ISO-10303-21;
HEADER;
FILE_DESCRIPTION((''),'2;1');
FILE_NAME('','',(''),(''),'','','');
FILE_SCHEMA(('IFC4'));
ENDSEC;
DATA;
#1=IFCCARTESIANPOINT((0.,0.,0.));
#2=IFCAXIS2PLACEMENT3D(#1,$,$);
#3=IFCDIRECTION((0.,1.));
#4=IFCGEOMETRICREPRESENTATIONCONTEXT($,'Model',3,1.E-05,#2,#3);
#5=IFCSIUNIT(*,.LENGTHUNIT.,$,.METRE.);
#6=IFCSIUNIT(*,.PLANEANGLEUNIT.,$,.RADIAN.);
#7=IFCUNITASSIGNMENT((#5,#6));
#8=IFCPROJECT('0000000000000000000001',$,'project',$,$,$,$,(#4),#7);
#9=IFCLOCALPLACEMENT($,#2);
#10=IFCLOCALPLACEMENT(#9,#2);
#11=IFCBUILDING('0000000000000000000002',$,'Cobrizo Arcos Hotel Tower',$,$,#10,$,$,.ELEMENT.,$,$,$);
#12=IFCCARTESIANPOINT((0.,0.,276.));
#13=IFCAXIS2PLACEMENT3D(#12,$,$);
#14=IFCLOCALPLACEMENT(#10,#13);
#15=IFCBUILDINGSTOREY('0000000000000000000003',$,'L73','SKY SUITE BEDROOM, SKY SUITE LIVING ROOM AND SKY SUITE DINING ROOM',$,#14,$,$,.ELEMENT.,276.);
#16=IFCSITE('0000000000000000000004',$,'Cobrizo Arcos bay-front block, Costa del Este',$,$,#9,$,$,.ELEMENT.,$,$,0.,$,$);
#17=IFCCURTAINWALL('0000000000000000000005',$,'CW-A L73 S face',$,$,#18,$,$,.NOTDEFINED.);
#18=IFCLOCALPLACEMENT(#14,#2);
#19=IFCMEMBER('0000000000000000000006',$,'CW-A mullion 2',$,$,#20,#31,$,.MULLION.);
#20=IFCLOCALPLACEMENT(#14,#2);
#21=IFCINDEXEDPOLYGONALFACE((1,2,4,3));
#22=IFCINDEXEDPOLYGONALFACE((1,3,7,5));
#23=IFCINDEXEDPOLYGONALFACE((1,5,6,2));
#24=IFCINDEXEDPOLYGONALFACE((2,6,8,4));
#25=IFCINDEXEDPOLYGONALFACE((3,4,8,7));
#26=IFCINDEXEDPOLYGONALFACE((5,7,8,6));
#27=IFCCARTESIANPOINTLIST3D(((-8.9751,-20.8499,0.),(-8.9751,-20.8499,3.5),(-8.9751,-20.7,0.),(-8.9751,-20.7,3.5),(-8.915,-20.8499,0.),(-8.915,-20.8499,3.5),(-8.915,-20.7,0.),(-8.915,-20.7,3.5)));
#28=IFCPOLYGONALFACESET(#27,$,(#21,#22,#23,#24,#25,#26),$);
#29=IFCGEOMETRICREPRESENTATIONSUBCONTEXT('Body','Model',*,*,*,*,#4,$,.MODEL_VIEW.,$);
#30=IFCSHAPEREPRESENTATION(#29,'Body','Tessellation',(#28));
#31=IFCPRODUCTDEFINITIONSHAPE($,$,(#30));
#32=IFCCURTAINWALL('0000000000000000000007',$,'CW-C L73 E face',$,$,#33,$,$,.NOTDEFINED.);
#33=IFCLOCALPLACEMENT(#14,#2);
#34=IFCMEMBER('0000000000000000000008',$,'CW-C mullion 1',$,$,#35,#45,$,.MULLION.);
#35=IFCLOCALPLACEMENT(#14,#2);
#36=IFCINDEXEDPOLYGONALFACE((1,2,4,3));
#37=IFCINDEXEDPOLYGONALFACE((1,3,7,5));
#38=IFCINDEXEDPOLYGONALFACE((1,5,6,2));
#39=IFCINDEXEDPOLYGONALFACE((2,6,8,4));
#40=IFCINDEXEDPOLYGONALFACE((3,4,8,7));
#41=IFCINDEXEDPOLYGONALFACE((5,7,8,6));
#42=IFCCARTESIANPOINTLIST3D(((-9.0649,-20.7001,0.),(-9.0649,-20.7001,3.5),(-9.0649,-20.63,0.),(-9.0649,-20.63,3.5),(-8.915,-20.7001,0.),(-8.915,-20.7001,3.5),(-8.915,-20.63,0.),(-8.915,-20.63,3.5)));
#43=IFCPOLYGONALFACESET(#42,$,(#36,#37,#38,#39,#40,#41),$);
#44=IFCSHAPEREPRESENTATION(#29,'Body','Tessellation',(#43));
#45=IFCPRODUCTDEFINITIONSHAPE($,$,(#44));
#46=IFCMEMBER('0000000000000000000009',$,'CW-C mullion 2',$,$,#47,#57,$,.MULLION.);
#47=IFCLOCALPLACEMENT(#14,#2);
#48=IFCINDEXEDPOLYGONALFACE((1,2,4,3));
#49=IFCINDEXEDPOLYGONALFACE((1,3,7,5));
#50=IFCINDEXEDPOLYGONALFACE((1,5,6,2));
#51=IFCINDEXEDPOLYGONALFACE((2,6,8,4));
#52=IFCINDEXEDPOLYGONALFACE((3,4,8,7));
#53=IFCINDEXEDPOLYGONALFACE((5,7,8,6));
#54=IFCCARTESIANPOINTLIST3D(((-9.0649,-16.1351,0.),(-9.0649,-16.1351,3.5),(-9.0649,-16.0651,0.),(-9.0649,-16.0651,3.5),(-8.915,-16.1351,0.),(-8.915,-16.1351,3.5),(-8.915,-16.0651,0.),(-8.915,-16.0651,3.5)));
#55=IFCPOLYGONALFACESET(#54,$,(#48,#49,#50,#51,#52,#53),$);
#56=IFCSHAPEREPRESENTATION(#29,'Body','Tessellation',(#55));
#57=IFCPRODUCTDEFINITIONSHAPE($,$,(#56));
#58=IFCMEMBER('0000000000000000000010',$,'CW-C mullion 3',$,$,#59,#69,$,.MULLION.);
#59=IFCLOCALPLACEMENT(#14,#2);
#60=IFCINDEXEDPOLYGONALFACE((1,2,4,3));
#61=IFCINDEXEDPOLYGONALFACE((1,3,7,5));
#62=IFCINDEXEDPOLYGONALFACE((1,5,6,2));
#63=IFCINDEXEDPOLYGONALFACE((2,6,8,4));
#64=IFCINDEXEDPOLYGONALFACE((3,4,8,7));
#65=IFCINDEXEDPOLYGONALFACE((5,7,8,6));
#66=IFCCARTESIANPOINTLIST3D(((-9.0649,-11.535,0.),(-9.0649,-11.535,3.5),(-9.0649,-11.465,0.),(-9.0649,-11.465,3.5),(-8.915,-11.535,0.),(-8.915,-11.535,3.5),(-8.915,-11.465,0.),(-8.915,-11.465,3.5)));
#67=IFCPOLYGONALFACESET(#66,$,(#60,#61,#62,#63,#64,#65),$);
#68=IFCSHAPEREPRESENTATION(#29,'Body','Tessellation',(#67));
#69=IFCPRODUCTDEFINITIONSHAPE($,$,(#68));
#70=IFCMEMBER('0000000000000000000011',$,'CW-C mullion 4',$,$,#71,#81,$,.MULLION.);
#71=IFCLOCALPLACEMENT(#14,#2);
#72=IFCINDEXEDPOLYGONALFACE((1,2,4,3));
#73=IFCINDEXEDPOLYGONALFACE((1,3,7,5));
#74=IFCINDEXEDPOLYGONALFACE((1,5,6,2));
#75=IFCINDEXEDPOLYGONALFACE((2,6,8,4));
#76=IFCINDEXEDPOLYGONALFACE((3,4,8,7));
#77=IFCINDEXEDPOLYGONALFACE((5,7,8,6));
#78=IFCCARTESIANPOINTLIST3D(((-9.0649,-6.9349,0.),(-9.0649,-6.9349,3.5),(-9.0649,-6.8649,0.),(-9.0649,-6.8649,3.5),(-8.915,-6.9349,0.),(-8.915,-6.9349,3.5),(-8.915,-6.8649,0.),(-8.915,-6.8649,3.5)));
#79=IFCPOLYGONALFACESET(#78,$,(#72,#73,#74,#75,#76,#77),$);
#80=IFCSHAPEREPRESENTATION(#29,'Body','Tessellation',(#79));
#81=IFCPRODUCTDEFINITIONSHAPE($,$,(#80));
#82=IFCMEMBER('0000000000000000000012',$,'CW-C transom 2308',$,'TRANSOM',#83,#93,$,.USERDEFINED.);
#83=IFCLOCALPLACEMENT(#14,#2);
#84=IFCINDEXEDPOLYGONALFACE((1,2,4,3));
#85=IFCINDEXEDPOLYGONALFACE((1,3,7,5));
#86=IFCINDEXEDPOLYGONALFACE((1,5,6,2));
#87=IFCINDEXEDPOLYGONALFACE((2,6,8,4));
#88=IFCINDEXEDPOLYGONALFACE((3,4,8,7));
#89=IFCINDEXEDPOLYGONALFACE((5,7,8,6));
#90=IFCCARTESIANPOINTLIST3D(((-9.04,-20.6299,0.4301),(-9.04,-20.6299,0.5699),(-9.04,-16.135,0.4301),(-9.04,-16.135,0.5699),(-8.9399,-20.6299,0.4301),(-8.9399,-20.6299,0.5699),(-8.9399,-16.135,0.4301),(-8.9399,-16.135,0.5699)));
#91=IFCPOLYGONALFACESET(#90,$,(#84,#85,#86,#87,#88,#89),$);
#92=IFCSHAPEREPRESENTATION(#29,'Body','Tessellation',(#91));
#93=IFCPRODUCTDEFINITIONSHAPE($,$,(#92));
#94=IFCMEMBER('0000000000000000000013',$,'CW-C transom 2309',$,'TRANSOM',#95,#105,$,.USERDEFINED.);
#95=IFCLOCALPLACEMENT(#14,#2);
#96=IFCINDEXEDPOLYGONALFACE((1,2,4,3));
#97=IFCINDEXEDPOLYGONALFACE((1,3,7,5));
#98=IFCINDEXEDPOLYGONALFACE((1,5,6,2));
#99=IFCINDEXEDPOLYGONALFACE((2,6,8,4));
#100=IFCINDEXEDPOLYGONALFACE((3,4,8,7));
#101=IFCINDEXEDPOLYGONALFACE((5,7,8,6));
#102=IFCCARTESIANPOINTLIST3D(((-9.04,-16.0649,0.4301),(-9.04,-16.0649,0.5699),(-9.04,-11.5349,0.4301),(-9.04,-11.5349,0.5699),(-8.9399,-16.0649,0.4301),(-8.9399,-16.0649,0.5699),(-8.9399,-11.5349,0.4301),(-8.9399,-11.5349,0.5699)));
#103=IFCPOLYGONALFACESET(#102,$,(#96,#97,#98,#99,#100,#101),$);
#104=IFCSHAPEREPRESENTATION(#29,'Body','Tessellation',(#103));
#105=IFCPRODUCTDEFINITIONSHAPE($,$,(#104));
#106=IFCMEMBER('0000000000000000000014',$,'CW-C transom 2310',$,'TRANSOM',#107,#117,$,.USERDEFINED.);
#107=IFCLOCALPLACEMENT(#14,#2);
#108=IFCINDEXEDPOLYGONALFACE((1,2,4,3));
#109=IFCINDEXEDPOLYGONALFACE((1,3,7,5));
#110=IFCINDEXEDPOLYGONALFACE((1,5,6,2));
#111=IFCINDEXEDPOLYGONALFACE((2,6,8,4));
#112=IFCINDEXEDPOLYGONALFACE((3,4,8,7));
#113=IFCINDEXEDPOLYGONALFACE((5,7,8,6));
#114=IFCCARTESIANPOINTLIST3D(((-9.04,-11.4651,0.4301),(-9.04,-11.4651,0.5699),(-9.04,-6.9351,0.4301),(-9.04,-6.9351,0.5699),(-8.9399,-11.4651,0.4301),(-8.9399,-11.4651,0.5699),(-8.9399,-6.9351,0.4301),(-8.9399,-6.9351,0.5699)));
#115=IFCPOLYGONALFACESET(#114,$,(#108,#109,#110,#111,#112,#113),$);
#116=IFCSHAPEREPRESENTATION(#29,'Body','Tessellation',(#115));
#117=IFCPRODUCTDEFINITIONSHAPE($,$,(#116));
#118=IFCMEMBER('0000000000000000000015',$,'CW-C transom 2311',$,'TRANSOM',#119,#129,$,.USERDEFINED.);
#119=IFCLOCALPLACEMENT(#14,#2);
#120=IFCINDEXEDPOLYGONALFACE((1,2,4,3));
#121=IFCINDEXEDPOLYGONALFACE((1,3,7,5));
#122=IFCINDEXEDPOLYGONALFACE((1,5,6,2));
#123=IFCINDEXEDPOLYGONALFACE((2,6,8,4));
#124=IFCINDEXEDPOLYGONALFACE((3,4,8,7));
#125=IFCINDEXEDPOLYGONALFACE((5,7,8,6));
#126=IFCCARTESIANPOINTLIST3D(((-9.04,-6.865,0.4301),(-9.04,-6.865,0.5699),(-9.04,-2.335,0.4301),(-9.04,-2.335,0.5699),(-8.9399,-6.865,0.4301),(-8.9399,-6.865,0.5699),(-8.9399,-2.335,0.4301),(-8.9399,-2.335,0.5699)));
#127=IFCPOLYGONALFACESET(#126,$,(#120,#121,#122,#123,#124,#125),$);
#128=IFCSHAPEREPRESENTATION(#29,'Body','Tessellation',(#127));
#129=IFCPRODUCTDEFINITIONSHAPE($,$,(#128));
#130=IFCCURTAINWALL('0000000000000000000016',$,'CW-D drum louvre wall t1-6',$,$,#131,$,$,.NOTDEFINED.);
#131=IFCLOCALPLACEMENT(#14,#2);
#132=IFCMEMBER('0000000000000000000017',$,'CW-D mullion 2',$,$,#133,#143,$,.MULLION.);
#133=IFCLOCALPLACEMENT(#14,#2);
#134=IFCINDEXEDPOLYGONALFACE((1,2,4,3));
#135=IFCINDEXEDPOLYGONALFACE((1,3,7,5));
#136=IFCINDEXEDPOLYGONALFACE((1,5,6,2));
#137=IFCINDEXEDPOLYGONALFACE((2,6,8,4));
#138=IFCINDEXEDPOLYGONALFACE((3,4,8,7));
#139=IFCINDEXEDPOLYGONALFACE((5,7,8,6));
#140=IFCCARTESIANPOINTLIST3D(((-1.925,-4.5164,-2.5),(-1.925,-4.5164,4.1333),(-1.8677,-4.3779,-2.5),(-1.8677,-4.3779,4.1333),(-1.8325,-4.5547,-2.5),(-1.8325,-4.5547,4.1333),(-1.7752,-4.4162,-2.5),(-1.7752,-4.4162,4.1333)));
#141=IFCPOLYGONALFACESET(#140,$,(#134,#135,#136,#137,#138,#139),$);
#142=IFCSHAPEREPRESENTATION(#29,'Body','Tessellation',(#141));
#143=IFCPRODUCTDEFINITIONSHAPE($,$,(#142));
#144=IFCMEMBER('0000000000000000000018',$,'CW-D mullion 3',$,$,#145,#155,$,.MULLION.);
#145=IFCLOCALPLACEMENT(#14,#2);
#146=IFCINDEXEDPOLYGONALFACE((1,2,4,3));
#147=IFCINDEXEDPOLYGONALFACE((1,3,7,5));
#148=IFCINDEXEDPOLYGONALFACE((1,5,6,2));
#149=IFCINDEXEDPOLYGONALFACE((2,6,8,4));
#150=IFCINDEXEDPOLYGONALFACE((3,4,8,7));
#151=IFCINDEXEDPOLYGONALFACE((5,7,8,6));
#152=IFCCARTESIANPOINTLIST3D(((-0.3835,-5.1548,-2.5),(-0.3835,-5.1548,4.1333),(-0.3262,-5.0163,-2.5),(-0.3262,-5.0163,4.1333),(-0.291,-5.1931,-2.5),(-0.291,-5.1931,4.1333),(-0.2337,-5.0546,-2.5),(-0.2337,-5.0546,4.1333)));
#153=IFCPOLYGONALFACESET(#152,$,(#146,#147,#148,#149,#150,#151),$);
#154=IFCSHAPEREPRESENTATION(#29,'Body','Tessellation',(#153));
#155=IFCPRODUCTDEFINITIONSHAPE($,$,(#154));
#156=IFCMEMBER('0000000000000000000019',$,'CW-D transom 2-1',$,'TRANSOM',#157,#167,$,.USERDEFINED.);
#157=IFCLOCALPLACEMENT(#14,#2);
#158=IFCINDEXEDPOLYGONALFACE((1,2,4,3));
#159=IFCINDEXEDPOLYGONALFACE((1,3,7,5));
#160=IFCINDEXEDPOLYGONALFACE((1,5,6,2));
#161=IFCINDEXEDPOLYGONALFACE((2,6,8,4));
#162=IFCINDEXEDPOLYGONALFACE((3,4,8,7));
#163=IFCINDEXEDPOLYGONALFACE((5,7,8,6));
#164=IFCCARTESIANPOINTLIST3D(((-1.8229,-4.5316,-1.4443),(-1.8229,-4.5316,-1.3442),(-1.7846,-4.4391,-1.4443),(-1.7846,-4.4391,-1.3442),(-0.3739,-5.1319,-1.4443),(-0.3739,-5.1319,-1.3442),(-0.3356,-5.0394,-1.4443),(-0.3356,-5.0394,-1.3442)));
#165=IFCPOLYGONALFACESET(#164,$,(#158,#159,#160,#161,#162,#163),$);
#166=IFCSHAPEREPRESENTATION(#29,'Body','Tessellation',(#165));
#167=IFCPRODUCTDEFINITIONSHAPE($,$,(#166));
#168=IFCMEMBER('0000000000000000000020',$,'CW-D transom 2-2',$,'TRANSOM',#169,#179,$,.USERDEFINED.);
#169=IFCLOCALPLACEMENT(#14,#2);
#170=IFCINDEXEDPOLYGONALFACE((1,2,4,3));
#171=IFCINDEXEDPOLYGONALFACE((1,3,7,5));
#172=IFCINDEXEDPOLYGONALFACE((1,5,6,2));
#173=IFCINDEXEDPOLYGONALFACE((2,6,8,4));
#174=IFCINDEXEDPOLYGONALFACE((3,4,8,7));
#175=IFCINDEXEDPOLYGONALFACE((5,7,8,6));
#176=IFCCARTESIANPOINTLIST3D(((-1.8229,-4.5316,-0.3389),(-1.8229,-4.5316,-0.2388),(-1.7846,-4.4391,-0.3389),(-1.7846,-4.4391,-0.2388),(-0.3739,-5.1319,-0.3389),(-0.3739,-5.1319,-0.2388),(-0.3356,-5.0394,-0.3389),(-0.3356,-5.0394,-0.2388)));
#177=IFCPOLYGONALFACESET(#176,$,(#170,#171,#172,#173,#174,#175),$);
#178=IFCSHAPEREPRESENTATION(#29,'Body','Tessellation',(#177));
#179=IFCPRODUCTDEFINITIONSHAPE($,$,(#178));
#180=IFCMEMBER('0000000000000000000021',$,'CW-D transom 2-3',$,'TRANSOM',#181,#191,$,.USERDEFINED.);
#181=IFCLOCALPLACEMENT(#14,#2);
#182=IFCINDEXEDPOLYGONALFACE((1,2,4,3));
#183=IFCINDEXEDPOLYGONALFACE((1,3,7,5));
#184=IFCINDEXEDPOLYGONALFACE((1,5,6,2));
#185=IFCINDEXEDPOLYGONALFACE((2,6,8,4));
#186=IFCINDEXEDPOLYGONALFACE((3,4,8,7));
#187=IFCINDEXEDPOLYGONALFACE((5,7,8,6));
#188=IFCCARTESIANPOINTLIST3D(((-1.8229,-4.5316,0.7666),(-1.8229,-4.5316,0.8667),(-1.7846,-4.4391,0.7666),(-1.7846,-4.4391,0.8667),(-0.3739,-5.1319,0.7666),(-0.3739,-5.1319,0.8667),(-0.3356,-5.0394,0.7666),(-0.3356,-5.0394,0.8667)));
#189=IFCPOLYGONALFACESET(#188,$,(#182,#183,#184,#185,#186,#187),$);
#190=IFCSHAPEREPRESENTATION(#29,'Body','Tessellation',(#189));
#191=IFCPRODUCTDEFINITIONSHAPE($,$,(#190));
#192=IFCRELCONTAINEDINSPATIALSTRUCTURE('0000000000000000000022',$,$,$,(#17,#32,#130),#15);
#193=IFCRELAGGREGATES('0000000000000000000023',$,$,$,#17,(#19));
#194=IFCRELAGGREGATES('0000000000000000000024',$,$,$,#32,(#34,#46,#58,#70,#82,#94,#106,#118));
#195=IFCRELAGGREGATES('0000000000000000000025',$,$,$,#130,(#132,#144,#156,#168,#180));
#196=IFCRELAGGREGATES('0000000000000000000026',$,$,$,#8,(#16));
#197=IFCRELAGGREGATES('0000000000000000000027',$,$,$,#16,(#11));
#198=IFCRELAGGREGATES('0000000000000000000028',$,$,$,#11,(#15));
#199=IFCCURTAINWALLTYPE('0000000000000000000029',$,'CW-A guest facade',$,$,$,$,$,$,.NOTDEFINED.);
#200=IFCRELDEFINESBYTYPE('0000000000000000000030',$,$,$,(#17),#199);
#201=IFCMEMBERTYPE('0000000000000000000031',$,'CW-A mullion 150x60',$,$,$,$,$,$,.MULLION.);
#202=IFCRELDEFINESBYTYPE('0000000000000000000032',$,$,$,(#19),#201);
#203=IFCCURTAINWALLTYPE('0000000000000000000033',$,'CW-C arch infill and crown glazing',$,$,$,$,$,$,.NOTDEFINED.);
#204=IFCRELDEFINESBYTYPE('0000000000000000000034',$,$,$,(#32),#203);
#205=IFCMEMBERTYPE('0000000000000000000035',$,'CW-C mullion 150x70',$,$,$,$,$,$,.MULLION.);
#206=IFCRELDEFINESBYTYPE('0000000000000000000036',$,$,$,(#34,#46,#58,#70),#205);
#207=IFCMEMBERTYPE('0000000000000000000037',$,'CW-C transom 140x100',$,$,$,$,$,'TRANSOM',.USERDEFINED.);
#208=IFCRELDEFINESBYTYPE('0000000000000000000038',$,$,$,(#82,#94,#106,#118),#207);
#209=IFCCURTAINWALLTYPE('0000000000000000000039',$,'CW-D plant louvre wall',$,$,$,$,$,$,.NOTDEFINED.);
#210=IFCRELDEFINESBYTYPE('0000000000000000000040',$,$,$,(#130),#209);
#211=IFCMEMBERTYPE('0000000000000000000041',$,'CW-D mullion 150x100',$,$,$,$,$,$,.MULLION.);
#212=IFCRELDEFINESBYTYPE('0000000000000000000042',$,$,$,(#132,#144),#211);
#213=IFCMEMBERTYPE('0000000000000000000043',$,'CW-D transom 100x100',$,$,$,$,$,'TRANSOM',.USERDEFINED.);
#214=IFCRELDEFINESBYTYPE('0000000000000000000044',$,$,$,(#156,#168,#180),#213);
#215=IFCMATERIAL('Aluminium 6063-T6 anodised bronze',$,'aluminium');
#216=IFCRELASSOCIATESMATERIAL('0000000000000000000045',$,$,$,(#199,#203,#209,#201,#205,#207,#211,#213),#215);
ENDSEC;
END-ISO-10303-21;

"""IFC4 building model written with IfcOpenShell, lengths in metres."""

from ifc_helpers import new_model, si_unit, direction, frame, origin, origin_2d, place, context, subcontext, project, spatial, rectangle, extrude, material, material_profile, profile_set, type_object, element, aggregate, save


model = new_model("IFC4")

# Units and contexts
model_context = context("Model", 3, precision=1e-05, world=origin(), true_north=direction((0.0, 1.0)))
body_context = subcontext(model_context, "Body", "Model", "MODEL_VIEW")
ifc_project = project(units=[si_unit("LENGTHUNIT", "METRE"), si_unit("PLANEANGLEUNIT", "RADIAN")], contexts=[model_context])

# Site, building, storey
site_placement = place(None, origin())
site = spatial("IfcSite", under=ifc_project, at=site_placement, Name="Cobrizo Arcos bay-front block, Costa del Este", CompositionType="ELEMENT", RefElevation=0.0)
building_placement = place(site_placement, origin())
building = spatial("IfcBuilding", under=site, at=building_placement, Name="Cobrizo Arcos Hotel Tower", CompositionType="ELEMENT")
storey_placement = place(building_placement, frame((0.0, 0.0, 276.0)))
storey = spatial("IfcBuildingStorey", under=building, at=storey_placement, Name="L73", Description="SKY SUITE BEDROOM, SKY SUITE LIVING ROOM AND SKY SUITE DINING ROOM", CompositionType="ELEMENT", Elevation=276.0)

# Curtain wall, member
ifc_material_1 = material(Name="Aluminium 6063-T6 anodised bronze", Category="aluminium")
curtain_wall_type_1 = type_object("IfcCurtainWallType", Name="CW-A guest facade", PredefinedType="NOTDEFINED", material=ifc_material_1)
curtain_wall_1_placement = place(storey_placement, origin())
curtain_wall_1 = element("IfcCurtainWall", 1, at=curtain_wall_1_placement, inside=storey, type_object=curtain_wall_type_1, Name="CW-A L73 S face", PredefinedType="NOTDEFINED")
ifc_material_profile_1 = material_profile(ifc_material_1, rectangle(XDim=0.1499, YDim=0.0601, at=origin_2d()), Name="CW-A mullion 150x60")
ifc_profile_set_1 = profile_set([ifc_material_profile_1], Name="Aluminium 6063-T6 anodised bronze")
member_type_1 = type_object("IfcMemberType", Name="CW-A mullion 150x60", PredefinedType="MULLION", material=ifc_profile_set_1)
member_1_placement = place(storey_placement, frame((-8.9451, -20.7749, 0.0), z_axis=(0.0, 0.0, 1.0), x_axis=(0.0, -1.0, 0.0)))
member_1 = element("IfcMember", 2, at=member_1_placement, type_object=member_type_1, Name="CW-A mullion 2", PredefinedType="MULLION", context=body_context, shape_type="SweptSolid", body=[
    extrude(rectangle(XDim=0.1499, YDim=0.0601, at=origin_2d()), origin(), (0.0, 0.0, 1.0), 3.5),
])
aggregate(curtain_wall_1, [member_1])

# Curtain walls, members
curtain_wall_type_2 = type_object("IfcCurtainWallType", Name="CW-C arch infill and crown glazing", PredefinedType="NOTDEFINED", material=ifc_material_1)
curtain_wall_2_placement = place(storey_placement, origin())
curtain_wall_2 = element("IfcCurtainWall", 3, at=curtain_wall_2_placement, inside=storey, type_object=curtain_wall_type_2, Name="CW-C L73 E face", PredefinedType="NOTDEFINED")
ifc_material_profile_2 = material_profile(ifc_material_1, rectangle(XDim=0.1499, YDim=0.0701, at=origin_2d()), Name="CW-C mullion 150x70")
ifc_profile_set_2 = profile_set([ifc_material_profile_2], Name="Aluminium 6063-T6 anodised bronze")
member_type_2 = type_object("IfcMemberType", Name="CW-C mullion 150x70", PredefinedType="MULLION", material=ifc_profile_set_2)
member_2_placement = place(storey_placement, frame((-8.99, -20.665, 0.0), z_axis=(0.0, 0.0, 1.0), x_axis=(1.0, 0.0, 0.0)))
member_2 = element("IfcMember", 4, at=member_2_placement, type_object=member_type_2, Name="CW-C mullion 1", PredefinedType="MULLION", context=body_context, shape_type="SweptSolid", body=[
    extrude(rectangle(XDim=0.1499, YDim=0.0701, at=origin_2d()), origin(), (0.0, 0.0, 1.0), 3.5),
])
member_3_placement = place(storey_placement, frame((-8.99, -16.1001, 0.0), z_axis=(0.0, 0.0, 1.0), x_axis=(1.0, 0.0, 0.0)))
member_3 = element("IfcMember", 5, at=member_3_placement, type_object=member_type_2, Name="CW-C mullion 2", PredefinedType="MULLION", context=body_context, shape_type="SweptSolid", body=[
    extrude(rectangle(XDim=0.1499, YDim=0.0701, at=origin_2d()), origin(), (0.0, 0.0, 1.0), 3.5),
])
member_4_placement = place(storey_placement, frame((-8.99, -11.5, 0.0), z_axis=(0.0, 0.0, 1.0), x_axis=(1.0, 0.0, 0.0)))
member_4 = element("IfcMember", 6, at=member_4_placement, type_object=member_type_2, Name="CW-C mullion 3", PredefinedType="MULLION", context=body_context, shape_type="SweptSolid", body=[
    extrude(rectangle(XDim=0.1499, YDim=0.0701, at=origin_2d()), origin(), (0.0, 0.0, 1.0), 3.5),
])
member_5_placement = place(storey_placement, frame((-8.99, -6.8999, 0.0), z_axis=(0.0, 0.0, 1.0), x_axis=(1.0, 0.0, 0.0)))
member_5 = element("IfcMember", 7, at=member_5_placement, type_object=member_type_2, Name="CW-C mullion 4", PredefinedType="MULLION", context=body_context, shape_type="SweptSolid", body=[
    extrude(rectangle(XDim=0.1499, YDim=0.0701, at=origin_2d()), origin(), (0.0, 0.0, 1.0), 3.5),
])
ifc_material_profile_3 = material_profile(ifc_material_1, rectangle(XDim=0.1001, YDim=0.1399, at=origin_2d()), Name="CW-C transom 140x100")
ifc_profile_set_3 = profile_set([ifc_material_profile_3], Name="Aluminium 6063-T6 anodised bronze")
member_type_3 = type_object("IfcMemberType", Name="CW-C transom 140x100", ElementType="TRANSOM", PredefinedType="USERDEFINED", material=ifc_profile_set_3)
member_6_placement = place(storey_placement, frame((-8.99, -20.6299, 0.5), z_axis=(0.0, 1.0, 0.0), x_axis=(-1.0, 0.0, 0.0)))
member_6 = element("IfcMember", 8, at=member_6_placement, type_object=member_type_3, Name="CW-C transom 2308", ObjectType="TRANSOM", PredefinedType="USERDEFINED", context=body_context, shape_type="SweptSolid", body=[
    extrude(rectangle(XDim=0.1001, YDim=0.1399, at=origin_2d()), origin(), (0.0, 0.0, 1.0), 4.4949),
])
member_7_placement = place(storey_placement, frame((-8.99, -16.0649, 0.5), z_axis=(0.0, 1.0, 0.0), x_axis=(-1.0, 0.0, 0.0)))
member_7 = element("IfcMember", 9, at=member_7_placement, type_object=member_type_3, Name="CW-C transom 2309", ObjectType="TRANSOM", PredefinedType="USERDEFINED", context=body_context, shape_type="SweptSolid", body=[
    extrude(rectangle(XDim=0.1001, YDim=0.1399, at=origin_2d()), origin(), (0.0, 0.0, 1.0), 4.53),
])
member_8_placement = place(storey_placement, frame((-8.99, -11.4651, 0.5), z_axis=(0.0, 1.0, 0.0), x_axis=(-1.0, 0.0, 0.0)))
member_8 = element("IfcMember", 10, at=member_8_placement, type_object=member_type_3, Name="CW-C transom 2310", ObjectType="TRANSOM", PredefinedType="USERDEFINED", context=body_context, shape_type="SweptSolid", body=[
    extrude(rectangle(XDim=0.1001, YDim=0.1399, at=origin_2d()), origin(), (0.0, 0.0, 1.0), 4.53),
])
member_9_placement = place(storey_placement, frame((-8.99, -6.865, 0.5), z_axis=(0.0, 1.0, 0.0), x_axis=(-1.0, 0.0, 0.0)))
member_9 = element("IfcMember", 11, at=member_9_placement, type_object=member_type_3, Name="CW-C transom 2311", ObjectType="TRANSOM", PredefinedType="USERDEFINED", context=body_context, shape_type="SweptSolid", body=[
    extrude(rectangle(XDim=0.1001, YDim=0.1399, at=origin_2d()), origin(), (0.0, 0.0, 1.0), 4.53),
])
curtain_wall_type_3 = type_object("IfcCurtainWallType", Name="CW-D plant louvre wall", PredefinedType="NOTDEFINED", material=ifc_material_1)
curtain_wall_3_placement = place(storey_placement, origin())
curtain_wall_3 = element("IfcCurtainWall", 12, at=curtain_wall_3_placement, inside=storey, type_object=curtain_wall_type_3, Name="CW-D drum louvre wall t1-6", PredefinedType="NOTDEFINED")
ifc_material_profile_4 = material_profile(ifc_material_1, rectangle(XDim=0.1499, YDim=0.1001, at=origin_2d()), Name="CW-D mullion 150x100")
ifc_profile_set_4 = profile_set([ifc_material_profile_4], Name="Aluminium 6063-T6 anodised bronze")
member_type_4 = type_object("IfcMemberType", Name="CW-D mullion 150x100", PredefinedType="MULLION", material=ifc_profile_set_4)
member_10_placement = place(storey_placement, frame((-1.8501, -4.4663, -2.5), z_axis=(0.0, 0.0, 1.0), x_axis=(-0.382683, -0.92388, 0.0)))
member_10 = element("IfcMember", 13, at=member_10_placement, type_object=member_type_4, Name="CW-D mullion 2", PredefinedType="MULLION", context=body_context, shape_type="SweptSolid", body=[
    extrude(rectangle(XDim=0.1499, YDim=0.1001, at=origin_2d()), origin(), (0.0, 0.0, 1.0), 6.6333),
])
member_11_placement = place(storey_placement, frame((-0.3086, -5.1047, -2.5), z_axis=(0.0, 0.0, 1.0), x_axis=(-0.382683, -0.92388, 0.0)))
member_11 = element("IfcMember", 14, at=member_11_placement, type_object=member_type_4, Name="CW-D mullion 3", PredefinedType="MULLION", context=body_context, shape_type="SweptSolid", body=[
    extrude(rectangle(XDim=0.1499, YDim=0.1001, at=origin_2d()), origin(), (0.0, 0.0, 1.0), 6.6333),
])
ifc_material_profile_5 = material_profile(ifc_material_1, rectangle(XDim=0.1001, YDim=0.1001, at=origin_2d()), Name="CW-D transom 100x100")
ifc_profile_set_5 = profile_set([ifc_material_profile_5], Name="Aluminium 6063-T6 anodised bronze")
member_type_5 = type_object("IfcMemberType", Name="CW-D transom 100x100", ElementType="TRANSOM", PredefinedType="USERDEFINED", material=ifc_profile_set_5)
member_12_placement = place(storey_placement, frame((-1.8037, -4.4854, -1.3943), z_axis=(0.923844, -0.382769, 0.0), x_axis=(0.382769, 0.923844, 0.0)))
member_12 = element("IfcMember", 15, at=member_12_placement, type_object=member_type_5, Name="CW-D transom 2-1", ObjectType="TRANSOM", PredefinedType="USERDEFINED", context=body_context, shape_type="SweptSolid", body=[
    extrude(rectangle(XDim=0.1001, YDim=0.1001, at=origin_2d()), origin(), (0.0, 0.0, 1.0), 1.5684),
])
member_13_placement = place(storey_placement, frame((-1.8037, -4.4854, -0.2888), z_axis=(0.923844, -0.382769, 0.0), x_axis=(0.382769, 0.923844, 0.0)))
member_13 = element("IfcMember", 16, at=member_13_placement, type_object=member_type_5, Name="CW-D transom 2-2", ObjectType="TRANSOM", PredefinedType="USERDEFINED", context=body_context, shape_type="SweptSolid", body=[
    extrude(rectangle(XDim=0.1001, YDim=0.1001, at=origin_2d()), origin(), (0.0, 0.0, 1.0), 1.5684),
])
member_14_placement = place(storey_placement, frame((-1.8037, -4.4854, 0.8167), z_axis=(0.923844, -0.382769, 0.0), x_axis=(0.382769, 0.923844, 0.0)))
member_14 = element("IfcMember", 17, at=member_14_placement, type_object=member_type_5, Name="CW-D transom 2-3", ObjectType="TRANSOM", PredefinedType="USERDEFINED", context=body_context, shape_type="SweptSolid", body=[
    extrude(rectangle(XDim=0.1001, YDim=0.1001, at=origin_2d()), origin(), (0.0, 0.0, 1.0), 1.5684),
])

aggregate(curtain_wall_2, [member_2, member_3, member_4, member_5, member_6, member_7, member_8, member_9])
aggregate(curtain_wall_3, [member_10, member_11, member_12, member_13, member_14])

save(model, "model.ifc")
